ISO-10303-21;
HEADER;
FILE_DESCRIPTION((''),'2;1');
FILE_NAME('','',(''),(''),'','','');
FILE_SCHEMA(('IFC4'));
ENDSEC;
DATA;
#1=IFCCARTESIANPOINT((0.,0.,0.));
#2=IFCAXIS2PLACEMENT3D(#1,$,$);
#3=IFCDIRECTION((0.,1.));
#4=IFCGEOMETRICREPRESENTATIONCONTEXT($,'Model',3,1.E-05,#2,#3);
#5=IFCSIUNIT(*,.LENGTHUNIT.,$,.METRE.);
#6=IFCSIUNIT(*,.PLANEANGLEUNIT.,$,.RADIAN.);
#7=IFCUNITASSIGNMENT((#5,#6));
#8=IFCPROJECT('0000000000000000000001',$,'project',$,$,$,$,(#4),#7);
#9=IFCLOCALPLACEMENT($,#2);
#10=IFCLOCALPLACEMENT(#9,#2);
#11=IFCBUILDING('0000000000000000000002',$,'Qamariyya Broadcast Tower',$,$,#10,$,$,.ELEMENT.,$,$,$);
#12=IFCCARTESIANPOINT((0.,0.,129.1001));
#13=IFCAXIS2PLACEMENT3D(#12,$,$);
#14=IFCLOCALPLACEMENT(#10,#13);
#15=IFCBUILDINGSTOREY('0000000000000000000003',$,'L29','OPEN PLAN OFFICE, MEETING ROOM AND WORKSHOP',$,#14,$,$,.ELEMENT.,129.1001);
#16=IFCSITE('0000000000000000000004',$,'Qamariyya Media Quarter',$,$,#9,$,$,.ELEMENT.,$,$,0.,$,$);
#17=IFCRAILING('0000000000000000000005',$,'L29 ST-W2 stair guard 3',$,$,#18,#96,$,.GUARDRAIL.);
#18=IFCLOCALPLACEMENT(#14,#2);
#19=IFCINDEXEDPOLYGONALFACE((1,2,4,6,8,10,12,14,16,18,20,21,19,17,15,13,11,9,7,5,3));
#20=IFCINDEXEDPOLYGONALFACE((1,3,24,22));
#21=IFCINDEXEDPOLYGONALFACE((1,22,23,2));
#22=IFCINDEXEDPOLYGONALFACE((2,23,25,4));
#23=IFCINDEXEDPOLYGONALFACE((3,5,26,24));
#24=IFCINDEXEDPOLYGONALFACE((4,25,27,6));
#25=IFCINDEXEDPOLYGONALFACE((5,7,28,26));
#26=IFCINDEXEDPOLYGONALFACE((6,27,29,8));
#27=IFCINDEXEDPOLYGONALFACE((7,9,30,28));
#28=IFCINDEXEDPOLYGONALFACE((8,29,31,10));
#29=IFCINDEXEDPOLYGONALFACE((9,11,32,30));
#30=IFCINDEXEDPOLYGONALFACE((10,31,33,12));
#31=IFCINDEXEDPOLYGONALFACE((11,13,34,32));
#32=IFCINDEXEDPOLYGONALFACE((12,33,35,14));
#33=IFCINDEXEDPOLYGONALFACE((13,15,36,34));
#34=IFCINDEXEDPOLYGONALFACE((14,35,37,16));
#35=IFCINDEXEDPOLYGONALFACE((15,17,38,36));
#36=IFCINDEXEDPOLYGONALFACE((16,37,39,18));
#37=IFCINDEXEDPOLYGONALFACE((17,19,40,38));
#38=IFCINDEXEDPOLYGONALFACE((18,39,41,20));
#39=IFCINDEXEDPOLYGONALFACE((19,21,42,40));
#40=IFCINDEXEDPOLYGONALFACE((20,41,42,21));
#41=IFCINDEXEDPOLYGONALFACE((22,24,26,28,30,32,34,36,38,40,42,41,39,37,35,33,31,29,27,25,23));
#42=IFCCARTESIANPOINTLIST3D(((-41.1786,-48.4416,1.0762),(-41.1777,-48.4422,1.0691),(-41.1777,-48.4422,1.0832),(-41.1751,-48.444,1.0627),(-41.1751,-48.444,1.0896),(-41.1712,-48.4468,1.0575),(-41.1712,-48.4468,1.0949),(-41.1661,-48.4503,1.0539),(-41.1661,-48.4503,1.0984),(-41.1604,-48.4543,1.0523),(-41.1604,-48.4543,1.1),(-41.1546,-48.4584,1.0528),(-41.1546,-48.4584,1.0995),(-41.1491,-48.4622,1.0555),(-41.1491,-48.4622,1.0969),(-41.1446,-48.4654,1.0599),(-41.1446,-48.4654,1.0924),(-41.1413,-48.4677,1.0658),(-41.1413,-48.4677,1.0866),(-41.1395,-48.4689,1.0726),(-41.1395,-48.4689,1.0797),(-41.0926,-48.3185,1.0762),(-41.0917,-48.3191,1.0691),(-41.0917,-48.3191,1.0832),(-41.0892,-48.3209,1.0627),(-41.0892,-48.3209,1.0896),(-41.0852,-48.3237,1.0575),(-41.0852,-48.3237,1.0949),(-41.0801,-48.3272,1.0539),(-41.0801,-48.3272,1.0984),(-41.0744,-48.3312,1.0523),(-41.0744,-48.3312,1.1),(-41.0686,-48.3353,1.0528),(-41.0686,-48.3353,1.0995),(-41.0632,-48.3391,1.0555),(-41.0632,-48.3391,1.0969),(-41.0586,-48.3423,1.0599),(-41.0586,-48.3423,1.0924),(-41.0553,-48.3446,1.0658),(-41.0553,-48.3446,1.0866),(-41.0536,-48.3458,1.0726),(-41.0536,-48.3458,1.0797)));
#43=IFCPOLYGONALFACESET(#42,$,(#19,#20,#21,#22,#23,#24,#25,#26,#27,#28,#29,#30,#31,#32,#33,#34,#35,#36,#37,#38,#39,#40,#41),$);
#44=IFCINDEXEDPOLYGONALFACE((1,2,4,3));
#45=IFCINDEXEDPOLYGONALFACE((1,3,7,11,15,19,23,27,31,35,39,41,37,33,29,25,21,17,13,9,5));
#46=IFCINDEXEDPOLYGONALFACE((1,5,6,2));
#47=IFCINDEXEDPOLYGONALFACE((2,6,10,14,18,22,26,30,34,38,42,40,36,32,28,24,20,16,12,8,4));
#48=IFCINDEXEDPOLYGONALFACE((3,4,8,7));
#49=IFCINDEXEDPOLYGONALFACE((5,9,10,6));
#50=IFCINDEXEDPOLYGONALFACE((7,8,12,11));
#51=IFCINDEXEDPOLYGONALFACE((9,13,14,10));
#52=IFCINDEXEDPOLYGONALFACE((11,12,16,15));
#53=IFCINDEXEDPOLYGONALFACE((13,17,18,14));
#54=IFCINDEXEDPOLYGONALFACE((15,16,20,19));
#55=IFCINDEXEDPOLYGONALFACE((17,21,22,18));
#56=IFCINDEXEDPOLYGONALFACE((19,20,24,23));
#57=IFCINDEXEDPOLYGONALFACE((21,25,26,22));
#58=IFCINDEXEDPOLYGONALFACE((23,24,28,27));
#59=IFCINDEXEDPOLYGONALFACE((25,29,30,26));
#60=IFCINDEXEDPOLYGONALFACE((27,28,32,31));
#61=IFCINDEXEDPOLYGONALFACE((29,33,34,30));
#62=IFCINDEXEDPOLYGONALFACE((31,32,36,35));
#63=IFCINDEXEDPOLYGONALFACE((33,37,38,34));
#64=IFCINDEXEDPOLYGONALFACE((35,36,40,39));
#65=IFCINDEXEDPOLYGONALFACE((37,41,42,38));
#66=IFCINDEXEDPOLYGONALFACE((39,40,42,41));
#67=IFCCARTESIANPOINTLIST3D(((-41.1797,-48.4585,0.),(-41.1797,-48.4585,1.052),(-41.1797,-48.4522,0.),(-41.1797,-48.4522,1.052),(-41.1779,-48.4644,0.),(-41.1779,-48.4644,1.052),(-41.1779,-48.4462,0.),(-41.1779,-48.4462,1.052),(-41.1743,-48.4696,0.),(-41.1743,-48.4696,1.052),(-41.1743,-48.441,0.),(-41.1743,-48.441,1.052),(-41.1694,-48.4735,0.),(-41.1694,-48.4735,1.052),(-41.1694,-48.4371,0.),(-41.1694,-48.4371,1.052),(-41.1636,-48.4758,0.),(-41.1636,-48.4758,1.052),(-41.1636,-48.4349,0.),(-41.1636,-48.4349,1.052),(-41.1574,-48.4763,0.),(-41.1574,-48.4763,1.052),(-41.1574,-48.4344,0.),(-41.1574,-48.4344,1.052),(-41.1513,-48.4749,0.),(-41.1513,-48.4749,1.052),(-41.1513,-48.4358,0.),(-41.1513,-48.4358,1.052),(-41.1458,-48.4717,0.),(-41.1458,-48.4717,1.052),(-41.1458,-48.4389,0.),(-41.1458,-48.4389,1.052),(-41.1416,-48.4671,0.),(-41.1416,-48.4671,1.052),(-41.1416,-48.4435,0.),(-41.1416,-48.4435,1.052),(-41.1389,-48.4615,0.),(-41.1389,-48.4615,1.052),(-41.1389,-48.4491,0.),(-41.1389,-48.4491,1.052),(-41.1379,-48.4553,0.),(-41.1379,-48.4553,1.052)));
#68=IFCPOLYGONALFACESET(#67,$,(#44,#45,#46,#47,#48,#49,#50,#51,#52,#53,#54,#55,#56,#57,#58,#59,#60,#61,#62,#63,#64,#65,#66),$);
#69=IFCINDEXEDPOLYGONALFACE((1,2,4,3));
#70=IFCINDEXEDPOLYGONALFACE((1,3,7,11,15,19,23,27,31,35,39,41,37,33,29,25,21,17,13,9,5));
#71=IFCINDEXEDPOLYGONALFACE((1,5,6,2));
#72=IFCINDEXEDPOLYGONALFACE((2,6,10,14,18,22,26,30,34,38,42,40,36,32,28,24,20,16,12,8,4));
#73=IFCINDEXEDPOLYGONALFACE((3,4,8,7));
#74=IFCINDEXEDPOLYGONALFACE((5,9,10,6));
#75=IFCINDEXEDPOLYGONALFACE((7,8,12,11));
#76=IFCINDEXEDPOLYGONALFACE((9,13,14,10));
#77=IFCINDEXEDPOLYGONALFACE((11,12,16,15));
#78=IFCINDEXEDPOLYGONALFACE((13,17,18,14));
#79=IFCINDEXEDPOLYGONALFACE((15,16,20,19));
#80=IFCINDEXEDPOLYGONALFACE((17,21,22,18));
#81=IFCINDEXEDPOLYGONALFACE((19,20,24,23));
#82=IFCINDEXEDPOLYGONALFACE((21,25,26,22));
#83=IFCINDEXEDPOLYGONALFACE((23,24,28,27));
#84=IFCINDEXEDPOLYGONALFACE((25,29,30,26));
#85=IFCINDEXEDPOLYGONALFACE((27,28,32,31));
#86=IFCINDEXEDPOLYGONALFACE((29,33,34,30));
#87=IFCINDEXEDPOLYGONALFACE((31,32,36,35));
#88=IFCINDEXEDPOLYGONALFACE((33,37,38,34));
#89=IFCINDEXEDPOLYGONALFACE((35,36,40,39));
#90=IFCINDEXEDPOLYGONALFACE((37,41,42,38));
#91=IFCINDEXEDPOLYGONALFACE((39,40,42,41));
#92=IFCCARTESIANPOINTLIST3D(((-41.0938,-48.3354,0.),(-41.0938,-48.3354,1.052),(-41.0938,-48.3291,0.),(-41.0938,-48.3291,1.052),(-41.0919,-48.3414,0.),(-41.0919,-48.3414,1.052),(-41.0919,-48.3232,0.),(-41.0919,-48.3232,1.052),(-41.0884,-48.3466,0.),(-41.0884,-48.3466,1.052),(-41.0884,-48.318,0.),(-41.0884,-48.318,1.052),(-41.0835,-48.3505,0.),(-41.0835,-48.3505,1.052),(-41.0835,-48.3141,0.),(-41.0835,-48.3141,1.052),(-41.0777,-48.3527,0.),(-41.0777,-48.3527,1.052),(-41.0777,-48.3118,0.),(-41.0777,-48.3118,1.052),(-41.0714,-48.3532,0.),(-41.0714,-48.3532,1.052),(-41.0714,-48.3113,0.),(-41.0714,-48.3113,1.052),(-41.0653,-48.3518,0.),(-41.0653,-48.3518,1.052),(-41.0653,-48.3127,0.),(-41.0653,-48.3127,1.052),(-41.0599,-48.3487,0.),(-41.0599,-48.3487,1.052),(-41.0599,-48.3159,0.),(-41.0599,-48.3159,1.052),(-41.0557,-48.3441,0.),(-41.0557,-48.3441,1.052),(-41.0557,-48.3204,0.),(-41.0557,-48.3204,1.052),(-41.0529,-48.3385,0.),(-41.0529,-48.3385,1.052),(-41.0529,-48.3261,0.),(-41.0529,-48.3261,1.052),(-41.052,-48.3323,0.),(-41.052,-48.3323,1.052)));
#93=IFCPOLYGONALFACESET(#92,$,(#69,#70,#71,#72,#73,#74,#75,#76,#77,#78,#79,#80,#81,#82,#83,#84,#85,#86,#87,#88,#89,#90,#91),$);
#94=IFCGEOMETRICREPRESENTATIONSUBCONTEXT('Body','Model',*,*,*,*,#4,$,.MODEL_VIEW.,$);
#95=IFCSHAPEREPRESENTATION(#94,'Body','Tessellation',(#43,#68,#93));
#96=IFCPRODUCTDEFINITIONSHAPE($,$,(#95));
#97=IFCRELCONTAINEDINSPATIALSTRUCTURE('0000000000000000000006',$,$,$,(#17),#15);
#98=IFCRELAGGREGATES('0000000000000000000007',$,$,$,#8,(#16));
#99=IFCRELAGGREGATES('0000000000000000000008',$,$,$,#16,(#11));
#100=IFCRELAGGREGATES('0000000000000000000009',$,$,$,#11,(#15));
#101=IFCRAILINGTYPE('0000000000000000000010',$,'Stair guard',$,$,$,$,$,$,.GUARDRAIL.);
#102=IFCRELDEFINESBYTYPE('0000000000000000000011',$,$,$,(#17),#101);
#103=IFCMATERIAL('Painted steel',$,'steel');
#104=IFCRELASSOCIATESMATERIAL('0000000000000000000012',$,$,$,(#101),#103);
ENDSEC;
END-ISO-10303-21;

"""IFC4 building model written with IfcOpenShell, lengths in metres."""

from ifc_helpers import new_model, si_unit, direction, frame, origin, origin_2d, place, context, subcontext, project, spatial, circle, extrude, material, type_object, element, save


model = new_model("IFC4")

# Units and contexts
model_context = context("Model", 3, precision=1e-05, world=origin(), true_north=direction((0.0, 1.0)))
body_context = subcontext(model_context, "Body", "Model", "MODEL_VIEW")
ifc_project = project(units=[si_unit("LENGTHUNIT", "METRE"), si_unit("PLANEANGLEUNIT", "RADIAN")], contexts=[model_context])

# Site, building, storey
site_placement = place(None, origin())
site = spatial("IfcSite", under=ifc_project, at=site_placement, Name="Qamariyya Media Quarter", CompositionType="ELEMENT", RefElevation=0.0)
building_placement = place(site_placement, origin())
building = spatial("IfcBuilding", under=site, at=building_placement, Name="Qamariyya Broadcast Tower", CompositionType="ELEMENT")
storey_placement = place(building_placement, frame((0.0, 0.0, 129.1001)))
storey = spatial("IfcBuildingStorey", under=building, at=storey_placement, Name="L29", Description="OPEN PLAN OFFICE, MEETING ROOM AND WORKSHOP", CompositionType="ELEMENT", Elevation=129.1001)

# Railing
ifc_material_1 = material(Name="Painted steel", Category="steel")
railing_type_1 = type_object("IfcRailingType", Name="Stair guard", PredefinedType="GUARDRAIL", material=ifc_material_1)
railing_1_placement = place(storey_placement, frame((-41.1589, -48.4553, 0.0)))
element("IfcRailing", 1, at=railing_1_placement, inside=storey, type_object=railing_type_1, Name="L29 ST-W2 stair guard 3", PredefinedType="GUARDRAIL", context=body_context, shape_type="SweptSolid", body=[
    extrude(circle(Radius=0.0239, at=origin_2d()), frame((0.0, 0.0, 1.0762), z_axis=(0.572589, 0.819843, 0.0), x_axis=(-0.819843, 0.572589, 0.0)), (0.0, 0.0, 1.0), 0.1501),
    extrude(circle(Radius=0.021, at=origin_2d()), origin(), (0.0, 0.0, 1.0), 1.052),
    extrude(circle(Radius=0.021, at=origin_2d()), frame((0.0859, 0.123, 0.0)), (0.0, 0.0, 1.0), 1.052),
])

save(model, "model.ifc")
